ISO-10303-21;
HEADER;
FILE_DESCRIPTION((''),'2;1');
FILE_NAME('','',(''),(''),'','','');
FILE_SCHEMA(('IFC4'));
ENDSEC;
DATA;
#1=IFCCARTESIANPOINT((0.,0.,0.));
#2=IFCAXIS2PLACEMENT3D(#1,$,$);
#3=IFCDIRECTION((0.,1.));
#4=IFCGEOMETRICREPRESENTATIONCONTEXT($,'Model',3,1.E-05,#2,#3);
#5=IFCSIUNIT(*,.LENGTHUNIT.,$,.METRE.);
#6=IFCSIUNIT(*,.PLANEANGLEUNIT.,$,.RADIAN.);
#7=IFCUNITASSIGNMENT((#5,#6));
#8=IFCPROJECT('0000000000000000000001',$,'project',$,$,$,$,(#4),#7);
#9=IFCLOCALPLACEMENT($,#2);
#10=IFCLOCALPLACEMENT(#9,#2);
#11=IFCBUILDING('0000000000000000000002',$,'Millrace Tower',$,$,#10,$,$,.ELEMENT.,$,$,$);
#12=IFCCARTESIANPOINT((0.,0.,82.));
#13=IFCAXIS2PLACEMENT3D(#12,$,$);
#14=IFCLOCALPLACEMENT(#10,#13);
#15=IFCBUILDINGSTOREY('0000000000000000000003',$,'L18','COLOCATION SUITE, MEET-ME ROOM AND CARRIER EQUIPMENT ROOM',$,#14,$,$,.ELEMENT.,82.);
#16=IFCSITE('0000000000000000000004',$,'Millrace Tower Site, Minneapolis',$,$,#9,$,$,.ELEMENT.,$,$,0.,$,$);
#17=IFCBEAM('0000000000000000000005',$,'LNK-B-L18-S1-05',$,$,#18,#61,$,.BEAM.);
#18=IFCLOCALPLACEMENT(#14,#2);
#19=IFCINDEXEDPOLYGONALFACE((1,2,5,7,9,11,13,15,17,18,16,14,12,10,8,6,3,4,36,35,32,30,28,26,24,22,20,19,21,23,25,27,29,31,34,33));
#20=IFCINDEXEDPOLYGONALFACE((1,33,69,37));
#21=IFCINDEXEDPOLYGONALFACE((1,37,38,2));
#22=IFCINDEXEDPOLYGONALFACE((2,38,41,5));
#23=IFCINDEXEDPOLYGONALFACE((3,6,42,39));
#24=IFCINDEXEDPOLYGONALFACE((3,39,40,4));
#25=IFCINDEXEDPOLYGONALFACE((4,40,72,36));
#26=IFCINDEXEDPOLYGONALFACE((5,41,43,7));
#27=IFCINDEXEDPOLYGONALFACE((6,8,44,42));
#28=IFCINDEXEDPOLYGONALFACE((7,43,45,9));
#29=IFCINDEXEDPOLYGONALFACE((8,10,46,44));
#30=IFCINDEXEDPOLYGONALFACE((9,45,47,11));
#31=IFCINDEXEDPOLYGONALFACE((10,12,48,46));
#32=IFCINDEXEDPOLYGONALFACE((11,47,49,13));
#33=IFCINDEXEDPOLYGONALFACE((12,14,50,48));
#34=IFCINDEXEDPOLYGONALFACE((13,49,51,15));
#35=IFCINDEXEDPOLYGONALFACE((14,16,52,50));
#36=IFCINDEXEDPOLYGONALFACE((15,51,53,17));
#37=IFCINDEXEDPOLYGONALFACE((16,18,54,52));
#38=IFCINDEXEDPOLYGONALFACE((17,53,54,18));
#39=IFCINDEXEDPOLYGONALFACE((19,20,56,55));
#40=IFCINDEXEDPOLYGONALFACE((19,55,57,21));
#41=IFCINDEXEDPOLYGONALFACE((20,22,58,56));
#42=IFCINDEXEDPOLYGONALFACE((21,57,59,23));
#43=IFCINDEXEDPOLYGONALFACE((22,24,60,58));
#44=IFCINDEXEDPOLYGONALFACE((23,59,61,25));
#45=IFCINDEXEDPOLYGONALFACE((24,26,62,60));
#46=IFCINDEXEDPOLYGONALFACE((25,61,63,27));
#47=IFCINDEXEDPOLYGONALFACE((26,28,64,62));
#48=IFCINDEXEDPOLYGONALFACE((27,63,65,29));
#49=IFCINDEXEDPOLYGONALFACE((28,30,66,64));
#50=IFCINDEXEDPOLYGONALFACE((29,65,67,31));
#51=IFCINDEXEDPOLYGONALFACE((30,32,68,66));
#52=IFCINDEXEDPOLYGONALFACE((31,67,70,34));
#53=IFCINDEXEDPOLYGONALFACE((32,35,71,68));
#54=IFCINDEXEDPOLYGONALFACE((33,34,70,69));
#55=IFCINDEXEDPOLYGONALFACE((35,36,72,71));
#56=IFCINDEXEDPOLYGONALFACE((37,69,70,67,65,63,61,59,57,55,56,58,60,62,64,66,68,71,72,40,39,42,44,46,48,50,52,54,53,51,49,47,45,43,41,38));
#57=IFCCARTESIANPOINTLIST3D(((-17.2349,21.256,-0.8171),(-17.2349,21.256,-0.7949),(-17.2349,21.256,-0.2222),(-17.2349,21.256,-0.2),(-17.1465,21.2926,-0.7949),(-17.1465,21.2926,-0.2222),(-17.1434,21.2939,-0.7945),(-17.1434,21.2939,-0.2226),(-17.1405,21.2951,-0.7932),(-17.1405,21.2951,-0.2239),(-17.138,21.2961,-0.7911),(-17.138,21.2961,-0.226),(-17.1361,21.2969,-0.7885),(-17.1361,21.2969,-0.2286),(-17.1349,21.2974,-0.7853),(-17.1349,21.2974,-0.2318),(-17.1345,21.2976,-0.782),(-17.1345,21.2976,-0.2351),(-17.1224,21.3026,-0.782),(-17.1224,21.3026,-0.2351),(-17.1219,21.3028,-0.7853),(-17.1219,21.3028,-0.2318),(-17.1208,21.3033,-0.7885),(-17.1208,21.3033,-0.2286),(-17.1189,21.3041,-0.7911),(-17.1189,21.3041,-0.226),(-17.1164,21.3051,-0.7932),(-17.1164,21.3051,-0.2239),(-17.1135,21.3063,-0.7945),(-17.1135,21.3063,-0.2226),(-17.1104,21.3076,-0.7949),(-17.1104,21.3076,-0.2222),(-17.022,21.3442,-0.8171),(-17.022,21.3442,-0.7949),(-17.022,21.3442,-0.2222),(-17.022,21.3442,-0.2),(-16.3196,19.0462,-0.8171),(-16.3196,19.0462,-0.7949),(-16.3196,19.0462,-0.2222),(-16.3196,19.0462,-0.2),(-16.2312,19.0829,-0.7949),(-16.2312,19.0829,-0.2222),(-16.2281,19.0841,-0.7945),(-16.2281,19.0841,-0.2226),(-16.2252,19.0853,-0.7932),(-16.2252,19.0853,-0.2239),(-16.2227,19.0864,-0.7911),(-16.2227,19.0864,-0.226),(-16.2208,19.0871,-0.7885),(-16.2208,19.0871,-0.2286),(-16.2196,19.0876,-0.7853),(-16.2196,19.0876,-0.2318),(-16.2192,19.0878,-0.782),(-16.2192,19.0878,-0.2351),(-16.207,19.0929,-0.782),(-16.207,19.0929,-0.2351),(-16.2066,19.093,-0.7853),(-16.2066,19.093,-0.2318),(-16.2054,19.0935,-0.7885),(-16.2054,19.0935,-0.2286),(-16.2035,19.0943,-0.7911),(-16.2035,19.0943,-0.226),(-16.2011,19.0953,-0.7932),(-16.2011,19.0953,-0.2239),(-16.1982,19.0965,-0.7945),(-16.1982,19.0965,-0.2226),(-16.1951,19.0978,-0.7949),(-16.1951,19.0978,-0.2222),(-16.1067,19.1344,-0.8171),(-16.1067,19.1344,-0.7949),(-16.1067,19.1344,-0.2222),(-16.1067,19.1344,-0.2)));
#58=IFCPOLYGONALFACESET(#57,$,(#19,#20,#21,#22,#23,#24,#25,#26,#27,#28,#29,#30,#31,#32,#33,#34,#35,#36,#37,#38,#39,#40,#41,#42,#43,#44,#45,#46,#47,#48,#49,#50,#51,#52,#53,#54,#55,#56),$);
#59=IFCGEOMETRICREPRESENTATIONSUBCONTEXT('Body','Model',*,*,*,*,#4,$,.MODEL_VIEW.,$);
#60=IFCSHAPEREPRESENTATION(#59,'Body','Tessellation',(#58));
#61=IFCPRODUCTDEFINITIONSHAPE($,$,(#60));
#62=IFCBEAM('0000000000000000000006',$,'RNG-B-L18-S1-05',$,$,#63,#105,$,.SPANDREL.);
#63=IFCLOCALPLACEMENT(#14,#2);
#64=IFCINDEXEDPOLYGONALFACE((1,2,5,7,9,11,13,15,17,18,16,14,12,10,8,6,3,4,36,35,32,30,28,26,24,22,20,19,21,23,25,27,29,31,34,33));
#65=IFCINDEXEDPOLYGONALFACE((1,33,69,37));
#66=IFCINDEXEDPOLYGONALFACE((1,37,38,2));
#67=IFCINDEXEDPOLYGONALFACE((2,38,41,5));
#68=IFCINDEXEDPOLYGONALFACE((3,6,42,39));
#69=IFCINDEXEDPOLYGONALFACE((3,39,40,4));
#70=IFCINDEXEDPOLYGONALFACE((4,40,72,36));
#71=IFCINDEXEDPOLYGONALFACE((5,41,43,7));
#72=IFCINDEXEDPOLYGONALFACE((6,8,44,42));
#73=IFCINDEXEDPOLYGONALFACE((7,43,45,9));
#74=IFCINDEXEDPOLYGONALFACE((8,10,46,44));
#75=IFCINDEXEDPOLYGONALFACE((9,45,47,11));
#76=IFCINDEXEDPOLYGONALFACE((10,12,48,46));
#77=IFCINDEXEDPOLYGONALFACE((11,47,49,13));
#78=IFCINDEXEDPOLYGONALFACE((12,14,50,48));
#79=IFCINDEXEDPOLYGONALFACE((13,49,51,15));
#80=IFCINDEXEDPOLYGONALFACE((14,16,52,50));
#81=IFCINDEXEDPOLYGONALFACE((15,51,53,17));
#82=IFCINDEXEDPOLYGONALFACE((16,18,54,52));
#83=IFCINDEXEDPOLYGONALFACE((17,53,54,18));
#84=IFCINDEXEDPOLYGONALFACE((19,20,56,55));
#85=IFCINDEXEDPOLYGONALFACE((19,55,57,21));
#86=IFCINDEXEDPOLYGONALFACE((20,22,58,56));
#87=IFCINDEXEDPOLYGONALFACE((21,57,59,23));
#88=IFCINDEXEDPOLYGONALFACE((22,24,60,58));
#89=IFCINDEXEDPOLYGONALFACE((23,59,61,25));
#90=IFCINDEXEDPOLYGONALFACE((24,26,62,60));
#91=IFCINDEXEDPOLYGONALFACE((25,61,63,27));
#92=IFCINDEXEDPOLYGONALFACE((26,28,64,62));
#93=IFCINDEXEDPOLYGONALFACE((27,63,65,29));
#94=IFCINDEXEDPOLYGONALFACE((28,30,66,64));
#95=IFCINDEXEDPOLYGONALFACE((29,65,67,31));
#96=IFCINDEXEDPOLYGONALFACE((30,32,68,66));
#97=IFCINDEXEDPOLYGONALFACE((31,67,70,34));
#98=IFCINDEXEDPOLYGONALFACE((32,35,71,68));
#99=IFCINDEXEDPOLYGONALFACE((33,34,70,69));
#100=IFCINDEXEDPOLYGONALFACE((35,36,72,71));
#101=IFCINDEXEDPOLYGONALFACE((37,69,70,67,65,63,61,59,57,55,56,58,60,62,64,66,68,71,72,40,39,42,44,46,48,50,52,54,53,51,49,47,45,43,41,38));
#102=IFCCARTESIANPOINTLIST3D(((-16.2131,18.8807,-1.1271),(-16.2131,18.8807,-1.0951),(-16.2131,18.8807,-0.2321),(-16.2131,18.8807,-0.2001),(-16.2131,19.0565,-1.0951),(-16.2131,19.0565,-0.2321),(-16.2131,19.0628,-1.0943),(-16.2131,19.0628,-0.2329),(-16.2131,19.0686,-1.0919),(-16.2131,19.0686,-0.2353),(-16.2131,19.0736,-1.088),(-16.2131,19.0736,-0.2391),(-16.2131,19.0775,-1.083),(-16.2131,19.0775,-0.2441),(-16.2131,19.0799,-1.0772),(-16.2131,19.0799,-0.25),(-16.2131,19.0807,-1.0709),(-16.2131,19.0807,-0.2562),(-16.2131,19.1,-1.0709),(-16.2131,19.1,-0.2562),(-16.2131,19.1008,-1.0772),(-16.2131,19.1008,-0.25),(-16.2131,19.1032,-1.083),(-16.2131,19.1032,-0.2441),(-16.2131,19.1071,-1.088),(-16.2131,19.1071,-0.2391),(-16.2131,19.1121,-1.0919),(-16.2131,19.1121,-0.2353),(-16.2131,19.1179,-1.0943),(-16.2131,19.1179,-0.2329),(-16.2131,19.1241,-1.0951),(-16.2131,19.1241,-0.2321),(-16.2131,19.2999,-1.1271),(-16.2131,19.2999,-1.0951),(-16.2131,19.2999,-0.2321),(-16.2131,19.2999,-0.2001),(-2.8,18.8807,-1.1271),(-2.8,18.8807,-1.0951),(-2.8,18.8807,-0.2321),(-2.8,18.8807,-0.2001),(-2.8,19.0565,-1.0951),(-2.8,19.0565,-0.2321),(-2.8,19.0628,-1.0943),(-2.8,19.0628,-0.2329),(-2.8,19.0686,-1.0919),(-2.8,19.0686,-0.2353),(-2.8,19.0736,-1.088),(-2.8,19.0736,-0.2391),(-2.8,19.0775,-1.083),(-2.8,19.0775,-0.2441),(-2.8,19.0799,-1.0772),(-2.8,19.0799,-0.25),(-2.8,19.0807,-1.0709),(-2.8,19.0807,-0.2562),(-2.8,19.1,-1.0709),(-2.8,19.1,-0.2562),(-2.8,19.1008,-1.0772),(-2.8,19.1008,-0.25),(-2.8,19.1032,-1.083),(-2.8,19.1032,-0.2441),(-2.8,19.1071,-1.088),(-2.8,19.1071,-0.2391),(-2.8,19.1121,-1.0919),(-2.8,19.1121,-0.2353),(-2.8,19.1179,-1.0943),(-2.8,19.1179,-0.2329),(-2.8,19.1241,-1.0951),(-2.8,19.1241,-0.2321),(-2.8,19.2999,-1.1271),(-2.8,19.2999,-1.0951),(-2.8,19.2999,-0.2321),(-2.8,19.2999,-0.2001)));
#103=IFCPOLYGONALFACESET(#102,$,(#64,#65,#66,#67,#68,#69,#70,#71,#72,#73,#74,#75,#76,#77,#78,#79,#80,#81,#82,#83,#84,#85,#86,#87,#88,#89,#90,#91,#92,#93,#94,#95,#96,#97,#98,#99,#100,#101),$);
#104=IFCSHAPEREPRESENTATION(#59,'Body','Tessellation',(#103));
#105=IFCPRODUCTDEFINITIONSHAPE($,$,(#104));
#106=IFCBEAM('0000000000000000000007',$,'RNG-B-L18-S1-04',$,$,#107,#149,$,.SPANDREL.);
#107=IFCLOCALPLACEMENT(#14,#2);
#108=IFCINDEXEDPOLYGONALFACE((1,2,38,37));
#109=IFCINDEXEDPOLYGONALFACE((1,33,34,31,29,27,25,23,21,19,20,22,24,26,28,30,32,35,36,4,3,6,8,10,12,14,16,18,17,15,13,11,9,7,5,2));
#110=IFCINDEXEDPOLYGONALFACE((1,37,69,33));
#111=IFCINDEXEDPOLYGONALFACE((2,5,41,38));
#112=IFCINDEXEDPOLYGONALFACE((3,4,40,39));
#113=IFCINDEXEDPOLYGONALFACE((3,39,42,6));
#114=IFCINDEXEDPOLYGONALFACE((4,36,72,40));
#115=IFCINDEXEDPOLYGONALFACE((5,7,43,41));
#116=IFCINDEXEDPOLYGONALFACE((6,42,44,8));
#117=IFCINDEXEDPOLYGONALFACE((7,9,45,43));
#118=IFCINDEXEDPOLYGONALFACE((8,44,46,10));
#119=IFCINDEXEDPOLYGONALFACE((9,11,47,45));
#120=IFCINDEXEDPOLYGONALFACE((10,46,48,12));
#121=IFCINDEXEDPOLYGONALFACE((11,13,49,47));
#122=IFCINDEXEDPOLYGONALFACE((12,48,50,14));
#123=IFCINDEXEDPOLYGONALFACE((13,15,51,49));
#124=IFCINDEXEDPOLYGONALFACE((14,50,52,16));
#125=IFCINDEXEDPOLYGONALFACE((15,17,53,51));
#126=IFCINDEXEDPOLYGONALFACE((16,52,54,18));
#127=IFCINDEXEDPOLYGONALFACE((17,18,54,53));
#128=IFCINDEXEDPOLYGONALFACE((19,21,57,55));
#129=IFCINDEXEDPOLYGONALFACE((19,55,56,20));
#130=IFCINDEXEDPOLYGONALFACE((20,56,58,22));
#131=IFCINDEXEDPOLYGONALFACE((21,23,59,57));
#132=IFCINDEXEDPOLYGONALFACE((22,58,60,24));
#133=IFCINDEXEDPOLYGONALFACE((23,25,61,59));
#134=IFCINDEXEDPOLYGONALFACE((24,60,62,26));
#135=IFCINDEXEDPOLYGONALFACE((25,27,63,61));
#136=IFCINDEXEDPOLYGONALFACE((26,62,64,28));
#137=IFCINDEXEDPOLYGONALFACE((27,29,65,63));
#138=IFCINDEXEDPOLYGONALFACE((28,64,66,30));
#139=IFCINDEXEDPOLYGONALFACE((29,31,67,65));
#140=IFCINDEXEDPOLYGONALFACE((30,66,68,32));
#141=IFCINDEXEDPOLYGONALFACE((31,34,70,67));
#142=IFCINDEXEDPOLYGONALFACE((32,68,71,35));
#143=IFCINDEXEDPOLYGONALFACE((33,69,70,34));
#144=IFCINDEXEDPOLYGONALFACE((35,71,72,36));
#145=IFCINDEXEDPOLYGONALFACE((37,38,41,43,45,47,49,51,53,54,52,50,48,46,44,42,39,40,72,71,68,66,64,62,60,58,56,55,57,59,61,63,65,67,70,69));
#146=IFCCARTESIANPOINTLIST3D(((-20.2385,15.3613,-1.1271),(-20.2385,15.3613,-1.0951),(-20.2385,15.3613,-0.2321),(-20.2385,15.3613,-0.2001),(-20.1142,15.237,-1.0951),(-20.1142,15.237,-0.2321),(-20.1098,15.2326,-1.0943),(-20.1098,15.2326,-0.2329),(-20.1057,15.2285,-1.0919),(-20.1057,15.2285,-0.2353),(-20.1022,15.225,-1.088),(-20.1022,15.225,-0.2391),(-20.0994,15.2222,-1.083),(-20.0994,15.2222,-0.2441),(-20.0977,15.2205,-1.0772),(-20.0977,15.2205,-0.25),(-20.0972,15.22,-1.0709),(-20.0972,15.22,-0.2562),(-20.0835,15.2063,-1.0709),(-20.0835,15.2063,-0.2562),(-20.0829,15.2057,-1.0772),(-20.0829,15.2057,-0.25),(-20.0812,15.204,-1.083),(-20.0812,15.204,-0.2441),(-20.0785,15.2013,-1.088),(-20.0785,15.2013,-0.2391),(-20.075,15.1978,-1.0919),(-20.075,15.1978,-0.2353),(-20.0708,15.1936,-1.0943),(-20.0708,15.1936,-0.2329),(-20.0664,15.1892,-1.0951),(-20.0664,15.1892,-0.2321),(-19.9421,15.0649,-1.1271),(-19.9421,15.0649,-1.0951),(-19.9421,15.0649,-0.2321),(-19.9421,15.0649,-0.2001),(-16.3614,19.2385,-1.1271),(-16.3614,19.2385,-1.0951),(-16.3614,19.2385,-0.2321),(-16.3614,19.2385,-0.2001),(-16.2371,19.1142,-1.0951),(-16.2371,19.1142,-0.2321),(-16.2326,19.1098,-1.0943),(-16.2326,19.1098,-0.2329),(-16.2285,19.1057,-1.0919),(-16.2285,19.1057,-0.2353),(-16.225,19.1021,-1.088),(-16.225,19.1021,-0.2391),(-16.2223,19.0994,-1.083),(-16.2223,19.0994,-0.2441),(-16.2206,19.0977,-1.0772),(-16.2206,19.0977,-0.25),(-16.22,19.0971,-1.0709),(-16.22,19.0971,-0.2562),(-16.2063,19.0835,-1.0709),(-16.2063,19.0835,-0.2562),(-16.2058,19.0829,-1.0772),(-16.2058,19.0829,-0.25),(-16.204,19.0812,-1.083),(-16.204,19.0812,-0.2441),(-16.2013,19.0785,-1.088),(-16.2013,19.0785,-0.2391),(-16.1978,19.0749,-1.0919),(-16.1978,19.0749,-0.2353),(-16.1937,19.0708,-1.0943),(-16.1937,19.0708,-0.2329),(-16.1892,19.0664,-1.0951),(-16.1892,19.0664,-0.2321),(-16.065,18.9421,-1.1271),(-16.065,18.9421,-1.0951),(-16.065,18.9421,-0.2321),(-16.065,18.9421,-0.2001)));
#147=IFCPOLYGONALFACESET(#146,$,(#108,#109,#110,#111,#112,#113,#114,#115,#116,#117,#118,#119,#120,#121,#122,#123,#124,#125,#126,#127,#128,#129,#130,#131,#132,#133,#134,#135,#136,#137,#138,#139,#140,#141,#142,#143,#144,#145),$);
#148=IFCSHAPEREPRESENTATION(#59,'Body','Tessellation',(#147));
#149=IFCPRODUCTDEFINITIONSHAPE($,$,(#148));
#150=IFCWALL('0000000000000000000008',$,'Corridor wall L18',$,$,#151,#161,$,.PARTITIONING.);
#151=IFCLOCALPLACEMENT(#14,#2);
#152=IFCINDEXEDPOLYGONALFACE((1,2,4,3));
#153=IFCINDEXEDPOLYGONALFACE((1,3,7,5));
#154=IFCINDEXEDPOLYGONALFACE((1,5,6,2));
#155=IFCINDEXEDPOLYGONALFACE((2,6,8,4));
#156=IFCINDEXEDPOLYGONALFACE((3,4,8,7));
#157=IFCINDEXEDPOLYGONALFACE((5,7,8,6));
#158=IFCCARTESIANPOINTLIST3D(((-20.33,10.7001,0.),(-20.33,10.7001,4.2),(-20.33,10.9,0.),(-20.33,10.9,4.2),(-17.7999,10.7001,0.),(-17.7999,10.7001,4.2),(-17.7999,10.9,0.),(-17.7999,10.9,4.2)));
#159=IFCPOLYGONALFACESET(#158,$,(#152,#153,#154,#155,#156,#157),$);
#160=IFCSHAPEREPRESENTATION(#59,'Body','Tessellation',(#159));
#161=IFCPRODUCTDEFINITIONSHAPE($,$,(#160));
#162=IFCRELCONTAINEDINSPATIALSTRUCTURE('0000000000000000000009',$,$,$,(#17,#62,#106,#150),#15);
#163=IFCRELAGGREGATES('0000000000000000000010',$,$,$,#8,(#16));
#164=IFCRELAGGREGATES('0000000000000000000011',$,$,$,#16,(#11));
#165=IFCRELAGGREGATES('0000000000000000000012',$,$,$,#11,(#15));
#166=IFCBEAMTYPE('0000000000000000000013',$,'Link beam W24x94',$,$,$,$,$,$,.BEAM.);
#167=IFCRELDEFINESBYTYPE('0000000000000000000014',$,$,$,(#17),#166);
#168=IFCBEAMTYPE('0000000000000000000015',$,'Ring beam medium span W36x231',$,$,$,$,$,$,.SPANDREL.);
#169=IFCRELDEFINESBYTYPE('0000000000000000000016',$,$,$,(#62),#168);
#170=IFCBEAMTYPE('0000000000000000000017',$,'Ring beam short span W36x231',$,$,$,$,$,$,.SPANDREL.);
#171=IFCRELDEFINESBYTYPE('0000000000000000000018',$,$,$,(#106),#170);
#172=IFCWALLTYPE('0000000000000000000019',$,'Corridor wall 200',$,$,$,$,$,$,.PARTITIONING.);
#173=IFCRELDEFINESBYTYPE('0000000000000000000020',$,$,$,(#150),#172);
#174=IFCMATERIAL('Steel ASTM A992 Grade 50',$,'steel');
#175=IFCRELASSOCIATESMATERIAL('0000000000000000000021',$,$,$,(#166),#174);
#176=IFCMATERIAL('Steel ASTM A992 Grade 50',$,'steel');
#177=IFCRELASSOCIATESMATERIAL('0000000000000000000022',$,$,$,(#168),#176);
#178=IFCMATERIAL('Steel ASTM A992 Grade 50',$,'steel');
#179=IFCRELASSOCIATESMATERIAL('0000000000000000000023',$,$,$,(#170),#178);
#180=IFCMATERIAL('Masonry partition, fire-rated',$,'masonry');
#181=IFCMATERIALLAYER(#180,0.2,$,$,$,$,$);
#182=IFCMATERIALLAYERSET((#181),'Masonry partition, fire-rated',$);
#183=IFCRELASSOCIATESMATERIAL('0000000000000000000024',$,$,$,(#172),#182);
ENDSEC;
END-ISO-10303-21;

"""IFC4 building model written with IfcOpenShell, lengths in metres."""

from ifc_helpers import new_model, si_unit, direction, frame, frame_2d, origin, origin_2d, place, context, subcontext, project, spatial, rectangle, i_section, extrude, material, layer, layer_set, material_profile, profile_set, type_object, element, save


model = new_model("IFC4")

# Units and contexts
model_context = context("Model", 3, precision=1e-05, world=origin(), true_north=direction((0.0, 1.0)))
body_context = subcontext(model_context, "Body", "Model", "MODEL_VIEW")
ifc_project = project(units=[si_unit("LENGTHUNIT", "METRE"), si_unit("PLANEANGLEUNIT", "RADIAN")], contexts=[model_context])

# Site, building, storey
site_placement = place(None, origin())
site = spatial("IfcSite", under=ifc_project, at=site_placement, Name="Millrace Tower Site, Minneapolis", CompositionType="ELEMENT", RefElevation=0.0)
building_placement = place(site_placement, origin())
building = spatial("IfcBuilding", under=site, at=building_placement, Name="Millrace Tower", CompositionType="ELEMENT")
storey_placement = place(building_placement, frame((0.0, 0.0, 82.0)))
storey = spatial("IfcBuildingStorey", under=building, at=storey_placement, Name="L18", Description="COLOCATION SUITE, MEET-ME ROOM AND CARRIER EQUIPMENT ROOM", CompositionType="ELEMENT", Elevation=82.0)

# Beams
ifc_material_1 = material(Name="Steel ASTM A992 Grade 50", Category="steel")
ifc_material_profile_1 = material_profile(ifc_material_1, i_section(OverallWidth=0.2305, OverallDepth=0.6172, WebThickness=0.0132, FlangeThickness=0.0222, FilletRadius=0.0129, at=origin_2d()))
ifc_profile_set_1 = profile_set([ifc_material_profile_1], Name="Steel ASTM A992 Grade 50")
beam_type_1 = type_object("IfcBeamType", Name="Link beam W24x94", PredefinedType="BEAM", material=ifc_profile_set_1)
for number, where, z_axis, x_axis, name in (
    (1, (-16.2131, 19.0903, -0.5085), (-0.382679, 0.923881, 0.0), (-0.923881, -0.382679, 0.0), "LNK-B-L18-S1-05"),
):
    element("IfcBeam", number, at=place(storey_placement, frame(where, z_axis=z_axis, x_axis=x_axis)), inside=storey, type_object=beam_type_1, Name=name, PredefinedType="BEAM", context=body_context, shape_type="SweptSolid", body=[
        extrude(i_section(OverallWidth=0.2305, OverallDepth=0.6172, WebThickness=0.0132, FlangeThickness=0.0222, FilletRadius=0.0129, at=origin_2d()), origin(), (0.0, 0.0, 1.0), 2.3918),
    ])
ifc_material_2 = material(Name="Steel ASTM A992 Grade 50", Category="steel")
ifc_material_profile_2 = material_profile(ifc_material_2, i_section(OverallWidth=0.4192, OverallDepth=0.927, WebThickness=0.0193, FlangeThickness=0.032, FilletRadius=0.0242, at=origin_2d()))
ifc_profile_set_2 = profile_set([ifc_material_profile_2], Name="Steel ASTM A992 Grade 50")
beam_type_2 = type_object("IfcBeamType", Name="Ring beam medium span W36x231", PredefinedType="SPANDREL", material=ifc_profile_set_2)
beam_1_placement = place(storey_placement, frame((-16.2131, 19.0903, -0.6636), z_axis=(1.0, 0.0, 0.0), x_axis=(0.0, 1.0, 0.0)))
element("IfcBeam", 2, at=beam_1_placement, inside=storey, type_object=beam_type_2, Name="RNG-B-L18-S1-05", PredefinedType="SPANDREL", context=body_context, shape_type="SweptSolid", body=[
    extrude(i_section(OverallWidth=0.4192, OverallDepth=0.927, WebThickness=0.0193, FlangeThickness=0.032, FilletRadius=0.0242, at=origin_2d()), origin(), (0.0, 0.0, 1.0), 13.4131),
])
ifc_material_3 = material(Name="Steel ASTM A992 Grade 50", Category="steel")
ifc_material_profile_3 = material_profile(ifc_material_3, i_section(OverallWidth=0.4192, OverallDepth=0.927, WebThickness=0.0193, FlangeThickness=0.032, FilletRadius=0.0242, at=origin_2d()))
ifc_profile_set_3 = profile_set([ifc_material_profile_3], Name="Steel ASTM A992 Grade 50")
beam_type_3 = type_object("IfcBeamType", Name="Ring beam short span W36x231", PredefinedType="SPANDREL", material=ifc_profile_set_3)
beam_2_placement = place(storey_placement, frame((-20.0903, 15.2131, -0.6636), z_axis=(0.707107, 0.707107, 0.0), x_axis=(-0.707107, 0.707107, 0.0)))
element("IfcBeam", 3, at=beam_2_placement, inside=storey, type_object=beam_type_3, Name="RNG-B-L18-S1-04", PredefinedType="SPANDREL", context=body_context, shape_type="SweptSolid", body=[
    extrude(i_section(OverallWidth=0.4192, OverallDepth=0.927, WebThickness=0.0193, FlangeThickness=0.032, FilletRadius=0.0242, at=origin_2d()), origin(), (0.0, 0.0, 1.0), 5.4832),
])

# Wall
ifc_material_4 = material(Name="Masonry partition, fire-rated", Category="masonry")
ifc_layer_1 = layer(ifc_material_4, 0.2)
ifc_layer_set_1 = layer_set([ifc_layer_1], Name="Masonry partition, fire-rated")
wall_type = type_object("IfcWallType", Name="Corridor wall 200", PredefinedType="PARTITIONING", material=ifc_layer_set_1)
wall_1_placement = place(storey_placement, frame((-20.3301, 10.8, 0.0), z_axis=(0.0, 0.0, 1.0), x_axis=(1.0, 0.0, 0.0)))
element("IfcWall", 4, at=wall_1_placement, inside=storey, type_object=wall_type, Name="Corridor wall L18", PredefinedType="PARTITIONING", context=body_context, shape_type="SweptSolid", body=[
    extrude(rectangle(XDim=2.53, YDim=0.2, at=frame_2d((1.2651, 0.0))), origin(), (0.0, 0.0, 1.0), 4.2),
])

save(model, "model.ifc")
